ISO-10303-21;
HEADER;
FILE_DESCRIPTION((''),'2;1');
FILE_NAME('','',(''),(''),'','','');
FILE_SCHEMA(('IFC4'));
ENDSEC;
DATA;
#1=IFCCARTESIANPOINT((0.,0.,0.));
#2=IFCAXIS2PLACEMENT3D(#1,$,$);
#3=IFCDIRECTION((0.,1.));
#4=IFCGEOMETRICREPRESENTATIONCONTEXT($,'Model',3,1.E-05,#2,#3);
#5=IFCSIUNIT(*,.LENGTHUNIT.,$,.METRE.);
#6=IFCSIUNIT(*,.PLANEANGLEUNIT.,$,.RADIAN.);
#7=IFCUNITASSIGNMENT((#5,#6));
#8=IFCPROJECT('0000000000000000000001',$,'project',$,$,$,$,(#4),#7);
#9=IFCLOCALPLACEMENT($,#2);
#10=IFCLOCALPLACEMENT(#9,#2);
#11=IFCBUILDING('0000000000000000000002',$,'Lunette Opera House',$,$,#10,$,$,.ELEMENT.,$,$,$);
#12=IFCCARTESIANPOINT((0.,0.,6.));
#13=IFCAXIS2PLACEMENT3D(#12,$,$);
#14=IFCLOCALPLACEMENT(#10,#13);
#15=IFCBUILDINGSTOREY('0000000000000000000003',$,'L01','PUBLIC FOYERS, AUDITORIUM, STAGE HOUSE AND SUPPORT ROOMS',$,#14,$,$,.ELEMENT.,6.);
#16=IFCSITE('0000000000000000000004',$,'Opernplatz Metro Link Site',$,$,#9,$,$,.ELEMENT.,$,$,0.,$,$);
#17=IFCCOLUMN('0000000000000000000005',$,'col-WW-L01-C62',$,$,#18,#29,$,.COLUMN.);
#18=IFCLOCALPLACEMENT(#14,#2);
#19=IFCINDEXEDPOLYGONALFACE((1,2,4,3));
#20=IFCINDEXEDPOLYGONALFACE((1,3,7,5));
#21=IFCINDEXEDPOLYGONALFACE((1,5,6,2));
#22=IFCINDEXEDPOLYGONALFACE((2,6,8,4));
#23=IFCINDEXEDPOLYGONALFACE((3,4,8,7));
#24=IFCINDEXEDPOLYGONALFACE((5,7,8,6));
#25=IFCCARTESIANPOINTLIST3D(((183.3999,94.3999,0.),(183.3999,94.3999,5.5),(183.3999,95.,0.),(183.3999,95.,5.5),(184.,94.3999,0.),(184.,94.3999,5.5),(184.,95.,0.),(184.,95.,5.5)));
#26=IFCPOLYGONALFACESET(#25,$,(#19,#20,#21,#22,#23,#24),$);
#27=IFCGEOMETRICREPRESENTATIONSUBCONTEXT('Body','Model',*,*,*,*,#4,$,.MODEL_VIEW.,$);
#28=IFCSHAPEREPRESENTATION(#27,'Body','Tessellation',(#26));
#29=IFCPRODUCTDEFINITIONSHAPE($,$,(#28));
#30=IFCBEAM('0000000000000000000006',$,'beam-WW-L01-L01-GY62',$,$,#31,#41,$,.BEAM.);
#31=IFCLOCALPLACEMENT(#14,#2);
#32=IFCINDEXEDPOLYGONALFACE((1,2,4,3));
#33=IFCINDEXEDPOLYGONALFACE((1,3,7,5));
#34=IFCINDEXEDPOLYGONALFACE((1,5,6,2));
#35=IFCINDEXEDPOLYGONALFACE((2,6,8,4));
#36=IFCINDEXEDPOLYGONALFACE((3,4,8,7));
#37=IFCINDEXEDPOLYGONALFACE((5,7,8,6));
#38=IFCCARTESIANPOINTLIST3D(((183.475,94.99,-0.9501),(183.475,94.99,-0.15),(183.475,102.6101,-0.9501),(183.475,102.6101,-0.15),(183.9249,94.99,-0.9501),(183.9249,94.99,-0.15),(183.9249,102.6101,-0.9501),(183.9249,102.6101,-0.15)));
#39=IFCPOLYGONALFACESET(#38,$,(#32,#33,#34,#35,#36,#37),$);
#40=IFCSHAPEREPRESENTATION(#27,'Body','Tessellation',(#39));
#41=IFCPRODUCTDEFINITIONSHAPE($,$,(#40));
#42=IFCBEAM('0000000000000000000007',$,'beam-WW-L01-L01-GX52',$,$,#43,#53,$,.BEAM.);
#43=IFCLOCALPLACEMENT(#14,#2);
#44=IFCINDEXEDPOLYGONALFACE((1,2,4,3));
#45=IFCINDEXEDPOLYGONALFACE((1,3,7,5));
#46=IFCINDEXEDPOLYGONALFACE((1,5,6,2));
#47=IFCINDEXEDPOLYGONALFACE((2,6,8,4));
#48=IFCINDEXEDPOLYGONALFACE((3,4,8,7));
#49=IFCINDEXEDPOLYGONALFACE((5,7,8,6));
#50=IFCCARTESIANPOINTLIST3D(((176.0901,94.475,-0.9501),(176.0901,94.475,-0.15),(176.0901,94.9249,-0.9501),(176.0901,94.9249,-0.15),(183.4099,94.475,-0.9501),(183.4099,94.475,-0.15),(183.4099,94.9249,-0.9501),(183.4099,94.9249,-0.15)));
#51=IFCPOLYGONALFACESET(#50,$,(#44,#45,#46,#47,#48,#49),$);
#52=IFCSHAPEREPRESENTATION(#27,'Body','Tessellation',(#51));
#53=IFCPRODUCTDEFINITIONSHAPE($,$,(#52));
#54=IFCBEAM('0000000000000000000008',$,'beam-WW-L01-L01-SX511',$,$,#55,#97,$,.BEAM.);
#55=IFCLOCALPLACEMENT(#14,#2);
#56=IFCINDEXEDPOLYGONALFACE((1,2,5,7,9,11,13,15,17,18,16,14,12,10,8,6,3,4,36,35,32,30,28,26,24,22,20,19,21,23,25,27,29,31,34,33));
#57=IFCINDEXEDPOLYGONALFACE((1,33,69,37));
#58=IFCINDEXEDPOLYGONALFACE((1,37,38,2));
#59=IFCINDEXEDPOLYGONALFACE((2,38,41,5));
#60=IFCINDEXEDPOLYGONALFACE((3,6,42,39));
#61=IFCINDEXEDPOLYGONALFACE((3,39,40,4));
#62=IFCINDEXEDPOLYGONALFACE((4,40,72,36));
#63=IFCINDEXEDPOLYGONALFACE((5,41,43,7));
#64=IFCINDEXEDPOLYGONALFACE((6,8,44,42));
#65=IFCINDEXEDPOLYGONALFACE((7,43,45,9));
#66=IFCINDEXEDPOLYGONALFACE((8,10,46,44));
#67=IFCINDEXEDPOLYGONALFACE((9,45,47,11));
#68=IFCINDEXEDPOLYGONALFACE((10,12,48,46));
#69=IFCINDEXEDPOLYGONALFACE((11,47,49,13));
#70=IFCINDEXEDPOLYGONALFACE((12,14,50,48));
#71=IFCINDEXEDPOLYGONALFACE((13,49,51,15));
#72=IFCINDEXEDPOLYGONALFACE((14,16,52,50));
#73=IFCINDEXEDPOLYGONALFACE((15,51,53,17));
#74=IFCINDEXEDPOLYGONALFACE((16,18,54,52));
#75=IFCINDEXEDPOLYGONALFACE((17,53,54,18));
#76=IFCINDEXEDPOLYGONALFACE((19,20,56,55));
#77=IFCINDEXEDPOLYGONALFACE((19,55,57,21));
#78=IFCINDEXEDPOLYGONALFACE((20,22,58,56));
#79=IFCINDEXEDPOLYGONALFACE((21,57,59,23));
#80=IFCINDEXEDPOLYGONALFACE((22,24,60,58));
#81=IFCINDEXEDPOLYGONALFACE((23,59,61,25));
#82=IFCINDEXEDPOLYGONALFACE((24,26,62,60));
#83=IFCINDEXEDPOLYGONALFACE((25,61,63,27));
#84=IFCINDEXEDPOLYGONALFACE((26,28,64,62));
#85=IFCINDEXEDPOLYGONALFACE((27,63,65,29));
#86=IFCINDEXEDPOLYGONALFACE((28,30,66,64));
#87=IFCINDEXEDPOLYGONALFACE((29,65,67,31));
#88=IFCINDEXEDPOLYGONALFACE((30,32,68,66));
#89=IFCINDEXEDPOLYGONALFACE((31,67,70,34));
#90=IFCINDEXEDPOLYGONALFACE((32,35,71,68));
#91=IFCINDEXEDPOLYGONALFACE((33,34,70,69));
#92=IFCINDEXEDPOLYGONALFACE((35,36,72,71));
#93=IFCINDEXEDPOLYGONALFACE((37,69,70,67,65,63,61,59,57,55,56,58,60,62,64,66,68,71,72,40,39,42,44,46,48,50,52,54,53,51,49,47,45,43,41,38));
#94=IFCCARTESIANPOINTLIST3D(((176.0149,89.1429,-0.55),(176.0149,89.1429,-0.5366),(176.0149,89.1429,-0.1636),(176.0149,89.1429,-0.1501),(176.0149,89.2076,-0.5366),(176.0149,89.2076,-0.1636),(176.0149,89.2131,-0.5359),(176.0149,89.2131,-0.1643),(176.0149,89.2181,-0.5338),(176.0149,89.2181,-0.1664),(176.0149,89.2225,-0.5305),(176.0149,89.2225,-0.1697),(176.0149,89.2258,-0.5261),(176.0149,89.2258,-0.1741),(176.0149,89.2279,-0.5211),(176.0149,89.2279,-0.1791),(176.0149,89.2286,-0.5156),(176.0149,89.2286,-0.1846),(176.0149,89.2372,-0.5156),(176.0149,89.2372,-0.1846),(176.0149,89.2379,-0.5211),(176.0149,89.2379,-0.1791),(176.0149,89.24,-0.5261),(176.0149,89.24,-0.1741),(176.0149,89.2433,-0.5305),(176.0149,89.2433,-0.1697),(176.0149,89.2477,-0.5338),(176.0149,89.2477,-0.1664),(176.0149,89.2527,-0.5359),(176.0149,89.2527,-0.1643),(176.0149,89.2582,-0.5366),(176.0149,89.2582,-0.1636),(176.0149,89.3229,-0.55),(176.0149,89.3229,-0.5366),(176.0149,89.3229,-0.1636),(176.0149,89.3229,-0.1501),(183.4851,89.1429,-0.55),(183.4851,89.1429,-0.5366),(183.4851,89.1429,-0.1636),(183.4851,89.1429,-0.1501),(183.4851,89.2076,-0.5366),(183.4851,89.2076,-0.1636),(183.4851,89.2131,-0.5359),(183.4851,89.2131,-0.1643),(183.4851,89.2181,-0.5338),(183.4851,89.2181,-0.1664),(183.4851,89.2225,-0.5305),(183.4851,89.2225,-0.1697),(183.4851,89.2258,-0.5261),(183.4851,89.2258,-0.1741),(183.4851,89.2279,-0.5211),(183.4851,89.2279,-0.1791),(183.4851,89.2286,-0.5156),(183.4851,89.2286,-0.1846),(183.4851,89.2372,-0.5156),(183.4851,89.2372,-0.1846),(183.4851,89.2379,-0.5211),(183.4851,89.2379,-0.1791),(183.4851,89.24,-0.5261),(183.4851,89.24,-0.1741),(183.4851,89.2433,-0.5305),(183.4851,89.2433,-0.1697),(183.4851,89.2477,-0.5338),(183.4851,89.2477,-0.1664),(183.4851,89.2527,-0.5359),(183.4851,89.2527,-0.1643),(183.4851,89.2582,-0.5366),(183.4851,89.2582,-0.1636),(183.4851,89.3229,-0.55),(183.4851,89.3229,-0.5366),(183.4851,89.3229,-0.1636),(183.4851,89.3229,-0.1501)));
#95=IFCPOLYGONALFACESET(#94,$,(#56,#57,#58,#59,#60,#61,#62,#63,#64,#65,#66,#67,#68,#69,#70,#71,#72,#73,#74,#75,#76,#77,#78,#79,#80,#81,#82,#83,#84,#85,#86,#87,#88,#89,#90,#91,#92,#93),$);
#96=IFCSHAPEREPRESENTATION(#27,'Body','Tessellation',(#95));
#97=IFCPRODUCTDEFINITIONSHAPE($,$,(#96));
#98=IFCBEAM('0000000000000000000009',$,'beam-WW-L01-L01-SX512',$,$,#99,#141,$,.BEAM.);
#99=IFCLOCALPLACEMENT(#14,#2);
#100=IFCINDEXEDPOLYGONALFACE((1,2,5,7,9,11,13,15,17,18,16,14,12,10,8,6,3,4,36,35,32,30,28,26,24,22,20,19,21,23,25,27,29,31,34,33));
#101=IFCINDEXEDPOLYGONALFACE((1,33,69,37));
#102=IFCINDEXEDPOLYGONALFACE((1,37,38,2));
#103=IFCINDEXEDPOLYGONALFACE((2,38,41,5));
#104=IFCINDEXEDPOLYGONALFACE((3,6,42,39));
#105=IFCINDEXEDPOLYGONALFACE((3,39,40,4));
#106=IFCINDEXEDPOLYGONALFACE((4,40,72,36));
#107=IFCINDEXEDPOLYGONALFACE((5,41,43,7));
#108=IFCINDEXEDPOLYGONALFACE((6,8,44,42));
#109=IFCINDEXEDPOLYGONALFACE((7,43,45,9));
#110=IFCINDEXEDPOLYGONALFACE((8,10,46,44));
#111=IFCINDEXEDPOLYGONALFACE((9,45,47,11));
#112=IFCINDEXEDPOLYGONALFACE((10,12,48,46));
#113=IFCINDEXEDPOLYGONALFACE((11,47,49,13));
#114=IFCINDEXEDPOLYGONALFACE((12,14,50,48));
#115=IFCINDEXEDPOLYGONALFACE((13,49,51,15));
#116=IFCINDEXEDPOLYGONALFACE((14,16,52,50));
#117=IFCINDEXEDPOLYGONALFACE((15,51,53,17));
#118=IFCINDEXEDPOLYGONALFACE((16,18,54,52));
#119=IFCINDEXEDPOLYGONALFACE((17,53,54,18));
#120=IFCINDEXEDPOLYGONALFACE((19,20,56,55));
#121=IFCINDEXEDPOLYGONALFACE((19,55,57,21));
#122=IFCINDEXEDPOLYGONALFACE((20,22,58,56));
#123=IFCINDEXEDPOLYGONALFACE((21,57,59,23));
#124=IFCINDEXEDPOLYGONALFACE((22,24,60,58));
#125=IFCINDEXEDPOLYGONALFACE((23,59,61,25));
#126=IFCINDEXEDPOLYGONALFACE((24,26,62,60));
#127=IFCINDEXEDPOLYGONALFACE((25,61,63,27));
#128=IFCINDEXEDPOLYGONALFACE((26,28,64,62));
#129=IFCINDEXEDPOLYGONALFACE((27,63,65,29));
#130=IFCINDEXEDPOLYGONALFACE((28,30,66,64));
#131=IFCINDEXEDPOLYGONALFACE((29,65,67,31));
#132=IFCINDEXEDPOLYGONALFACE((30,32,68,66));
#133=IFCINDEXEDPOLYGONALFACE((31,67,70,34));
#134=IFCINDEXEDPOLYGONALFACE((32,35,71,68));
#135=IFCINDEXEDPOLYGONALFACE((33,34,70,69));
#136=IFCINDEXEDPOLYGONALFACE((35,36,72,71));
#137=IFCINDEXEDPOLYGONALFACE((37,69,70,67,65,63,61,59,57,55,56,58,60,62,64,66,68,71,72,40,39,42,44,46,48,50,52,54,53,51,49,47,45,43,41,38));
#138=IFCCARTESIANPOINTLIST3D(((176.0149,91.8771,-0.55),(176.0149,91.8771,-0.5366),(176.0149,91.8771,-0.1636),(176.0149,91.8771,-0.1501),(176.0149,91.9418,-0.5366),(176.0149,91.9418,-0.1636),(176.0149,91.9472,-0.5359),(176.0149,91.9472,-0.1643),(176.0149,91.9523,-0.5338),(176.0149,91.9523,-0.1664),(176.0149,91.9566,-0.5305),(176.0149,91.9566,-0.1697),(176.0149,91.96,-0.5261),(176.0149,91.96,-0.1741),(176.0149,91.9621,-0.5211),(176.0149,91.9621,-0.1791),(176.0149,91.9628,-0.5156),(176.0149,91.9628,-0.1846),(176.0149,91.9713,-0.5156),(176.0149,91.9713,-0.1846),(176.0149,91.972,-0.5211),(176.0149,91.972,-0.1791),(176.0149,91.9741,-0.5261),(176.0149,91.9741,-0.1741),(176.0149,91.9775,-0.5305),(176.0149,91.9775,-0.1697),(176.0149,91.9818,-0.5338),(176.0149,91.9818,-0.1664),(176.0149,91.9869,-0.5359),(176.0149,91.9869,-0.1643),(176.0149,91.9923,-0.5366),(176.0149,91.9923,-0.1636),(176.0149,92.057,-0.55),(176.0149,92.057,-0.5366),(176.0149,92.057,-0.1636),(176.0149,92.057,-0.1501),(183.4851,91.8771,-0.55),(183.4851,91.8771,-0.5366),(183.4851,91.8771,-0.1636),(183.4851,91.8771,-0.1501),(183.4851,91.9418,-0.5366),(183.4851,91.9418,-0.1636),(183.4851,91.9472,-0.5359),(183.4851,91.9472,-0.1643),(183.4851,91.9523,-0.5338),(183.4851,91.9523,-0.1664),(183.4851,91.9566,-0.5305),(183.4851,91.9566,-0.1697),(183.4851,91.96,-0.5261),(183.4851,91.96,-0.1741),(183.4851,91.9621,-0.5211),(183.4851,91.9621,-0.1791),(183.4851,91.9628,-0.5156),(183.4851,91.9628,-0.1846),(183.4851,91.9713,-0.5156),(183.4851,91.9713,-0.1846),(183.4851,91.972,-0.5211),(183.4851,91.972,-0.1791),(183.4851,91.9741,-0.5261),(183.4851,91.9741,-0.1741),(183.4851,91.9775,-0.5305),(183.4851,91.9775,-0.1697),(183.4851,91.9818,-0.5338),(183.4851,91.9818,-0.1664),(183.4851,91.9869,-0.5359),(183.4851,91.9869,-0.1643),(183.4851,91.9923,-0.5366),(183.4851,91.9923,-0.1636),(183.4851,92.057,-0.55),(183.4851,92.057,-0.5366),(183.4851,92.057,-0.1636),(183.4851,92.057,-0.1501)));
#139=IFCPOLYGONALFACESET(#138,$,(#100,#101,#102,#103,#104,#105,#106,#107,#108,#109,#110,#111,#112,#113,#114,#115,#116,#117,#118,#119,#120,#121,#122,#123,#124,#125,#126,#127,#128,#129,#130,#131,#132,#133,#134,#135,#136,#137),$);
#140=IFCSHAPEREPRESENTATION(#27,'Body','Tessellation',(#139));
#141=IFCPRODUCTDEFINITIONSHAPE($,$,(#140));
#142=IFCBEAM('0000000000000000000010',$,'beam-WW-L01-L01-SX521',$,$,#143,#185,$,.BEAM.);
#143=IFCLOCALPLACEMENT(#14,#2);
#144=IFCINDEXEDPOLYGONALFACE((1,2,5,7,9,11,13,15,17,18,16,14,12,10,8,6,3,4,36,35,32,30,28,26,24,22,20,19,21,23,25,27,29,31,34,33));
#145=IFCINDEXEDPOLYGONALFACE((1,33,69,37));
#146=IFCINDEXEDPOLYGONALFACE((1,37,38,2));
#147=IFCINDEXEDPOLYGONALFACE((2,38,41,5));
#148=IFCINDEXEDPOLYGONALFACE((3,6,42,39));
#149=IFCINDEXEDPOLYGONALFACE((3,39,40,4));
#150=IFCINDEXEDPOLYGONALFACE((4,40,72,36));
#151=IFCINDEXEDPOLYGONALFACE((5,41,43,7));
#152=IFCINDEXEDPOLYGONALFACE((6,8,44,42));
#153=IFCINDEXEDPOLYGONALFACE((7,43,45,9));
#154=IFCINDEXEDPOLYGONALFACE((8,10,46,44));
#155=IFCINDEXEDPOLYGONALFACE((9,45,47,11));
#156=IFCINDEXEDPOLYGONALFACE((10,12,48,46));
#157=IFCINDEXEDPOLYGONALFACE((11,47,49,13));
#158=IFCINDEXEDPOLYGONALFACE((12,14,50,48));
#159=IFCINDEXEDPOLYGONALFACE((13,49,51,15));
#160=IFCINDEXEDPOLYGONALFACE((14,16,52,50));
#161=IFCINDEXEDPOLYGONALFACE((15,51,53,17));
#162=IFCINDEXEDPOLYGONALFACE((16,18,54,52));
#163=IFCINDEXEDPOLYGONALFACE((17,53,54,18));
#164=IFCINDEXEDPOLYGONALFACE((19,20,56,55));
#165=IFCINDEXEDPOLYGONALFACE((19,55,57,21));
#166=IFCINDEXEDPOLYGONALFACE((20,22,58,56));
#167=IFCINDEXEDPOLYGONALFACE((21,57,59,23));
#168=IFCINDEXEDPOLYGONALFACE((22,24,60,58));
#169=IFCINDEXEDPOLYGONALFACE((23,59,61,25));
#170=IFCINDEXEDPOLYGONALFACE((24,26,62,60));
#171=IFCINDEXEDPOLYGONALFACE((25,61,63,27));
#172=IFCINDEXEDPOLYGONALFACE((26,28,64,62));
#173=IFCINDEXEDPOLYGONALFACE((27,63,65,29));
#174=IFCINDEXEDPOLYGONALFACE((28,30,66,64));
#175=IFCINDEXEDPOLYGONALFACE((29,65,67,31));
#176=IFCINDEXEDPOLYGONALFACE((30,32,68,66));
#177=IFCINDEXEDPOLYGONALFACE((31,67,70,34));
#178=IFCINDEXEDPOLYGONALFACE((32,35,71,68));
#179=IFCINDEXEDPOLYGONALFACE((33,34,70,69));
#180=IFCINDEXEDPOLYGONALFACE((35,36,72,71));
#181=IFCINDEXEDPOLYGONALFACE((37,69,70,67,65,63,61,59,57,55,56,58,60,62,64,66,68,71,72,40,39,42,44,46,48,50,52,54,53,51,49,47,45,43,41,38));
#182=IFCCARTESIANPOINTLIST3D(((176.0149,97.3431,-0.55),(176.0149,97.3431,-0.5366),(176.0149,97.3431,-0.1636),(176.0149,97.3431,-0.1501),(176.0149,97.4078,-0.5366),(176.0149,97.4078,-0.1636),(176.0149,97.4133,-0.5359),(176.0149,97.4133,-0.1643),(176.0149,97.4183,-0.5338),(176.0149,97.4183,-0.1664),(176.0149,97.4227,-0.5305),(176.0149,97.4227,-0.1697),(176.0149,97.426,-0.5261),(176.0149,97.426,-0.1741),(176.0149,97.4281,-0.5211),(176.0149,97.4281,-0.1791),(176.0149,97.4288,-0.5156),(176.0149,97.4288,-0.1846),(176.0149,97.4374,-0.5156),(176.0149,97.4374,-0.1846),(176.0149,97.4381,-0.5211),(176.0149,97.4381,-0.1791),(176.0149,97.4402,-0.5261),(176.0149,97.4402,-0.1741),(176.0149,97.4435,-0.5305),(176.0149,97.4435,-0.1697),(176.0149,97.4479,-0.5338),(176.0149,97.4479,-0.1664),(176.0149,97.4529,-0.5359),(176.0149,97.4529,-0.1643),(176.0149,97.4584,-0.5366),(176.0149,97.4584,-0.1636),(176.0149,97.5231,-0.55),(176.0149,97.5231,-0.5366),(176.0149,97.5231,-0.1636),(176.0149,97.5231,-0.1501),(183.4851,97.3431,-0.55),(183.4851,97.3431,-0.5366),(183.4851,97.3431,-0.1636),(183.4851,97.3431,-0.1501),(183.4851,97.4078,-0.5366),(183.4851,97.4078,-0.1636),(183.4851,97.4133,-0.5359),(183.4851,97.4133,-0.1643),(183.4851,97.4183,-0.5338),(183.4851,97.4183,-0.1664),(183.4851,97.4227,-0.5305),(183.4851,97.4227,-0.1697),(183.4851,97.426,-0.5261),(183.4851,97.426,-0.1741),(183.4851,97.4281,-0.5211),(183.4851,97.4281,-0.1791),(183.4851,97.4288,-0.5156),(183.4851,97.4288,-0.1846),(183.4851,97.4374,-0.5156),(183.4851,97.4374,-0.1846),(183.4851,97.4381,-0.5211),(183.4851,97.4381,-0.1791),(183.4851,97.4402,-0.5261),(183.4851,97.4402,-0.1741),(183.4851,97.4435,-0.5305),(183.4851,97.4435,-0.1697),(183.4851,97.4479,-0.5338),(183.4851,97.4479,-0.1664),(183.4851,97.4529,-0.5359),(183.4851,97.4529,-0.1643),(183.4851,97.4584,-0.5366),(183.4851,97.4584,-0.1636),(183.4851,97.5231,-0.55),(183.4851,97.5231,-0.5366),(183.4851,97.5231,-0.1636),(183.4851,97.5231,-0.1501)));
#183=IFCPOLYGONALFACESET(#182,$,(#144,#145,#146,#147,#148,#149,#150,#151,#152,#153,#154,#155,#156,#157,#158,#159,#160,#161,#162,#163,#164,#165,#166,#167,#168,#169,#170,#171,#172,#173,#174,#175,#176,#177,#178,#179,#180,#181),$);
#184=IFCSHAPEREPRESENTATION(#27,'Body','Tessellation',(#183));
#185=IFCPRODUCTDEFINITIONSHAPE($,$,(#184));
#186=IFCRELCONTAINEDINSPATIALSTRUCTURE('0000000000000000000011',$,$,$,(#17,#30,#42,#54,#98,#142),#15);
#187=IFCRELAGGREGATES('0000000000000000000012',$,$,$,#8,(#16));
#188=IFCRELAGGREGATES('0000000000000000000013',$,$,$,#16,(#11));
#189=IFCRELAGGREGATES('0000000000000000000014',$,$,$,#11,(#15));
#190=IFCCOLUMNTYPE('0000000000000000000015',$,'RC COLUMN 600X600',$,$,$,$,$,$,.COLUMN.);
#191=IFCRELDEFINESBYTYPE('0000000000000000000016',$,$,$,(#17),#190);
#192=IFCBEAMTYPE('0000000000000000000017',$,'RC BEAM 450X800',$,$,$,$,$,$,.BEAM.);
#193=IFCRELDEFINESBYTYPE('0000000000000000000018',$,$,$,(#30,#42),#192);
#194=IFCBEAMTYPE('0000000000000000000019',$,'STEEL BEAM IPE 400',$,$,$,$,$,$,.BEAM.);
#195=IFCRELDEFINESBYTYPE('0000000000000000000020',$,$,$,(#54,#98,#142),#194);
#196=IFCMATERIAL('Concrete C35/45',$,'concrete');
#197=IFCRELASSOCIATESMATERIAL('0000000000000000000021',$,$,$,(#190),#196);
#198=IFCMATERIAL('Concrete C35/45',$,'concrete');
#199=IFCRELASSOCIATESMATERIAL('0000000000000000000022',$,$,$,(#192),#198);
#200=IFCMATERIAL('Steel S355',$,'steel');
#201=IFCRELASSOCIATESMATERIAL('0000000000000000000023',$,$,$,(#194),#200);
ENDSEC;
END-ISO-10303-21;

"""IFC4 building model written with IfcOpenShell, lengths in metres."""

from ifc_helpers import new_model, si_unit, direction, frame, origin, origin_2d, place, context, subcontext, project, spatial, rectangle, i_section, extrude, material, material_profile, profile_set, type_object, element, save


model = new_model("IFC4")

# Units and contexts
model_context = context("Model", 3, precision=1e-05, world=origin(), true_north=direction((0.0, 1.0)))
body_context = subcontext(model_context, "Body", "Model", "MODEL_VIEW")
ifc_project = project(units=[si_unit("LENGTHUNIT", "METRE"), si_unit("PLANEANGLEUNIT", "RADIAN")], contexts=[model_context])

# Site, building, storey
site_placement = place(None, origin())
site = spatial("IfcSite", under=ifc_project, at=site_placement, Name="Opernplatz Metro Link Site", CompositionType="ELEMENT", RefElevation=0.0)
building_placement = place(site_placement, origin())
building = spatial("IfcBuilding", under=site, at=building_placement, Name="Lunette Opera House", CompositionType="ELEMENT")
storey_placement = place(building_placement, frame((0.0, 0.0, 6.0)))
storey = spatial("IfcBuildingStorey", under=building, at=storey_placement, Name="L01", Description="PUBLIC FOYERS, AUDITORIUM, STAGE HOUSE AND SUPPORT ROOMS", CompositionType="ELEMENT", Elevation=6.0)

# Column
ifc_material_1 = material(Name="Concrete C35/45", Category="concrete")
ifc_material_profile_1 = material_profile(ifc_material_1, rectangle(XDim=0.6001, YDim=0.6001, at=origin_2d()), Name="RC COLUMN 600X600")
ifc_profile_set_1 = profile_set([ifc_material_profile_1], Name="Concrete C35/45")
column_type = type_object("IfcColumnType", Name="RC COLUMN 600X600", PredefinedType="COLUMN", material=ifc_profile_set_1)
column_placement = place(storey_placement, frame((183.7, 94.7, 0.0), z_axis=(0.0, 0.0, 1.0), x_axis=(1.0, 0.0, 0.0)))
element("IfcColumn", 1, at=column_placement, inside=storey, type_object=column_type, Name="col-WW-L01-C62", PredefinedType="COLUMN", context=body_context, shape_type="SweptSolid", body=[
    extrude(rectangle(XDim=0.6001, YDim=0.6001, at=origin_2d()), origin(), (0.0, 0.0, 1.0), 5.5),
])

# Beams
ifc_material_2 = material(Name="Concrete C35/45", Category="concrete")
ifc_material_profile_2 = material_profile(ifc_material_2, rectangle(XDim=0.45, YDim=0.8, at=origin_2d()), Name="RC BEAM 450X800")
ifc_profile_set_2 = profile_set([ifc_material_profile_2], Name="Concrete C35/45")
beam_type_1 = type_object("IfcBeamType", Name="RC BEAM 450X800", PredefinedType="BEAM", material=ifc_profile_set_2)
beam_1_placement = place(storey_placement, frame((183.7, 94.99, -0.55), z_axis=(0.0, 1.0, 0.0), x_axis=(-1.0, 0.0, 0.0)))
element("IfcBeam", 2, at=beam_1_placement, inside=storey, type_object=beam_type_1, Name="beam-WW-L01-L01-GY62", PredefinedType="BEAM", context=body_context, shape_type="SweptSolid", body=[
    extrude(rectangle(XDim=0.45, YDim=0.8, at=origin_2d()), origin(), (0.0, 0.0, 1.0), 7.6201),
])
beam_2_placement = place(storey_placement, frame((176.0901, 94.7, -0.55), z_axis=(1.0, 0.0, 0.0), x_axis=(0.0, 1.0, 0.0)))
element("IfcBeam", 3, at=beam_2_placement, inside=storey, type_object=beam_type_1, Name="beam-WW-L01-L01-GX52", PredefinedType="BEAM", context=body_context, shape_type="SweptSolid", body=[
    extrude(rectangle(XDim=0.45, YDim=0.8, at=origin_2d()), origin(), (0.0, 0.0, 1.0), 7.3198),
])
ifc_material_3 = material(Name="Steel S355", Category="steel")
ifc_material_profile_3 = material_profile(ifc_material_3, i_section(OverallWidth=0.1799, OverallDepth=0.3999, WebThickness=0.0085, FlangeThickness=0.0134, FilletRadius=0.021, at=origin_2d()), Name="IPE 400")
ifc_profile_set_3 = profile_set([ifc_material_profile_3], Name="Steel S355")
beam_type_2 = type_object("IfcBeamType", Name="STEEL BEAM IPE 400", PredefinedType="BEAM", material=ifc_profile_set_3)
for number, where, z_axis, x_axis, name in (
    (4, (176.0149, 89.2329, -0.3501), (1.0, 0.0, 0.0), (0.0, 1.0, 0.0), "beam-WW-L01-L01-SX511"),
    (5, (176.0149, 91.967, -0.3501), (1.0, 0.0, 0.0), (0.0, 1.0, 0.0), "beam-WW-L01-L01-SX512"),
    (6, (176.0149, 97.4331, -0.3501), (1.0, 0.0, 0.0), (0.0, 1.0, 0.0), "beam-WW-L01-L01-SX521"),
):
    element("IfcBeam", number, at=place(storey_placement, frame(where, z_axis=z_axis, x_axis=x_axis)), inside=storey, type_object=beam_type_2, Name=name, PredefinedType="BEAM", context=body_context, shape_type="SweptSolid", body=[
        extrude(i_section(OverallWidth=0.1799, OverallDepth=0.3999, WebThickness=0.0085, FlangeThickness=0.0134, FilletRadius=0.021, at=origin_2d()), origin(), (0.0, 0.0, 1.0), 7.4702),
    ])

save(model, "model.ifc")
